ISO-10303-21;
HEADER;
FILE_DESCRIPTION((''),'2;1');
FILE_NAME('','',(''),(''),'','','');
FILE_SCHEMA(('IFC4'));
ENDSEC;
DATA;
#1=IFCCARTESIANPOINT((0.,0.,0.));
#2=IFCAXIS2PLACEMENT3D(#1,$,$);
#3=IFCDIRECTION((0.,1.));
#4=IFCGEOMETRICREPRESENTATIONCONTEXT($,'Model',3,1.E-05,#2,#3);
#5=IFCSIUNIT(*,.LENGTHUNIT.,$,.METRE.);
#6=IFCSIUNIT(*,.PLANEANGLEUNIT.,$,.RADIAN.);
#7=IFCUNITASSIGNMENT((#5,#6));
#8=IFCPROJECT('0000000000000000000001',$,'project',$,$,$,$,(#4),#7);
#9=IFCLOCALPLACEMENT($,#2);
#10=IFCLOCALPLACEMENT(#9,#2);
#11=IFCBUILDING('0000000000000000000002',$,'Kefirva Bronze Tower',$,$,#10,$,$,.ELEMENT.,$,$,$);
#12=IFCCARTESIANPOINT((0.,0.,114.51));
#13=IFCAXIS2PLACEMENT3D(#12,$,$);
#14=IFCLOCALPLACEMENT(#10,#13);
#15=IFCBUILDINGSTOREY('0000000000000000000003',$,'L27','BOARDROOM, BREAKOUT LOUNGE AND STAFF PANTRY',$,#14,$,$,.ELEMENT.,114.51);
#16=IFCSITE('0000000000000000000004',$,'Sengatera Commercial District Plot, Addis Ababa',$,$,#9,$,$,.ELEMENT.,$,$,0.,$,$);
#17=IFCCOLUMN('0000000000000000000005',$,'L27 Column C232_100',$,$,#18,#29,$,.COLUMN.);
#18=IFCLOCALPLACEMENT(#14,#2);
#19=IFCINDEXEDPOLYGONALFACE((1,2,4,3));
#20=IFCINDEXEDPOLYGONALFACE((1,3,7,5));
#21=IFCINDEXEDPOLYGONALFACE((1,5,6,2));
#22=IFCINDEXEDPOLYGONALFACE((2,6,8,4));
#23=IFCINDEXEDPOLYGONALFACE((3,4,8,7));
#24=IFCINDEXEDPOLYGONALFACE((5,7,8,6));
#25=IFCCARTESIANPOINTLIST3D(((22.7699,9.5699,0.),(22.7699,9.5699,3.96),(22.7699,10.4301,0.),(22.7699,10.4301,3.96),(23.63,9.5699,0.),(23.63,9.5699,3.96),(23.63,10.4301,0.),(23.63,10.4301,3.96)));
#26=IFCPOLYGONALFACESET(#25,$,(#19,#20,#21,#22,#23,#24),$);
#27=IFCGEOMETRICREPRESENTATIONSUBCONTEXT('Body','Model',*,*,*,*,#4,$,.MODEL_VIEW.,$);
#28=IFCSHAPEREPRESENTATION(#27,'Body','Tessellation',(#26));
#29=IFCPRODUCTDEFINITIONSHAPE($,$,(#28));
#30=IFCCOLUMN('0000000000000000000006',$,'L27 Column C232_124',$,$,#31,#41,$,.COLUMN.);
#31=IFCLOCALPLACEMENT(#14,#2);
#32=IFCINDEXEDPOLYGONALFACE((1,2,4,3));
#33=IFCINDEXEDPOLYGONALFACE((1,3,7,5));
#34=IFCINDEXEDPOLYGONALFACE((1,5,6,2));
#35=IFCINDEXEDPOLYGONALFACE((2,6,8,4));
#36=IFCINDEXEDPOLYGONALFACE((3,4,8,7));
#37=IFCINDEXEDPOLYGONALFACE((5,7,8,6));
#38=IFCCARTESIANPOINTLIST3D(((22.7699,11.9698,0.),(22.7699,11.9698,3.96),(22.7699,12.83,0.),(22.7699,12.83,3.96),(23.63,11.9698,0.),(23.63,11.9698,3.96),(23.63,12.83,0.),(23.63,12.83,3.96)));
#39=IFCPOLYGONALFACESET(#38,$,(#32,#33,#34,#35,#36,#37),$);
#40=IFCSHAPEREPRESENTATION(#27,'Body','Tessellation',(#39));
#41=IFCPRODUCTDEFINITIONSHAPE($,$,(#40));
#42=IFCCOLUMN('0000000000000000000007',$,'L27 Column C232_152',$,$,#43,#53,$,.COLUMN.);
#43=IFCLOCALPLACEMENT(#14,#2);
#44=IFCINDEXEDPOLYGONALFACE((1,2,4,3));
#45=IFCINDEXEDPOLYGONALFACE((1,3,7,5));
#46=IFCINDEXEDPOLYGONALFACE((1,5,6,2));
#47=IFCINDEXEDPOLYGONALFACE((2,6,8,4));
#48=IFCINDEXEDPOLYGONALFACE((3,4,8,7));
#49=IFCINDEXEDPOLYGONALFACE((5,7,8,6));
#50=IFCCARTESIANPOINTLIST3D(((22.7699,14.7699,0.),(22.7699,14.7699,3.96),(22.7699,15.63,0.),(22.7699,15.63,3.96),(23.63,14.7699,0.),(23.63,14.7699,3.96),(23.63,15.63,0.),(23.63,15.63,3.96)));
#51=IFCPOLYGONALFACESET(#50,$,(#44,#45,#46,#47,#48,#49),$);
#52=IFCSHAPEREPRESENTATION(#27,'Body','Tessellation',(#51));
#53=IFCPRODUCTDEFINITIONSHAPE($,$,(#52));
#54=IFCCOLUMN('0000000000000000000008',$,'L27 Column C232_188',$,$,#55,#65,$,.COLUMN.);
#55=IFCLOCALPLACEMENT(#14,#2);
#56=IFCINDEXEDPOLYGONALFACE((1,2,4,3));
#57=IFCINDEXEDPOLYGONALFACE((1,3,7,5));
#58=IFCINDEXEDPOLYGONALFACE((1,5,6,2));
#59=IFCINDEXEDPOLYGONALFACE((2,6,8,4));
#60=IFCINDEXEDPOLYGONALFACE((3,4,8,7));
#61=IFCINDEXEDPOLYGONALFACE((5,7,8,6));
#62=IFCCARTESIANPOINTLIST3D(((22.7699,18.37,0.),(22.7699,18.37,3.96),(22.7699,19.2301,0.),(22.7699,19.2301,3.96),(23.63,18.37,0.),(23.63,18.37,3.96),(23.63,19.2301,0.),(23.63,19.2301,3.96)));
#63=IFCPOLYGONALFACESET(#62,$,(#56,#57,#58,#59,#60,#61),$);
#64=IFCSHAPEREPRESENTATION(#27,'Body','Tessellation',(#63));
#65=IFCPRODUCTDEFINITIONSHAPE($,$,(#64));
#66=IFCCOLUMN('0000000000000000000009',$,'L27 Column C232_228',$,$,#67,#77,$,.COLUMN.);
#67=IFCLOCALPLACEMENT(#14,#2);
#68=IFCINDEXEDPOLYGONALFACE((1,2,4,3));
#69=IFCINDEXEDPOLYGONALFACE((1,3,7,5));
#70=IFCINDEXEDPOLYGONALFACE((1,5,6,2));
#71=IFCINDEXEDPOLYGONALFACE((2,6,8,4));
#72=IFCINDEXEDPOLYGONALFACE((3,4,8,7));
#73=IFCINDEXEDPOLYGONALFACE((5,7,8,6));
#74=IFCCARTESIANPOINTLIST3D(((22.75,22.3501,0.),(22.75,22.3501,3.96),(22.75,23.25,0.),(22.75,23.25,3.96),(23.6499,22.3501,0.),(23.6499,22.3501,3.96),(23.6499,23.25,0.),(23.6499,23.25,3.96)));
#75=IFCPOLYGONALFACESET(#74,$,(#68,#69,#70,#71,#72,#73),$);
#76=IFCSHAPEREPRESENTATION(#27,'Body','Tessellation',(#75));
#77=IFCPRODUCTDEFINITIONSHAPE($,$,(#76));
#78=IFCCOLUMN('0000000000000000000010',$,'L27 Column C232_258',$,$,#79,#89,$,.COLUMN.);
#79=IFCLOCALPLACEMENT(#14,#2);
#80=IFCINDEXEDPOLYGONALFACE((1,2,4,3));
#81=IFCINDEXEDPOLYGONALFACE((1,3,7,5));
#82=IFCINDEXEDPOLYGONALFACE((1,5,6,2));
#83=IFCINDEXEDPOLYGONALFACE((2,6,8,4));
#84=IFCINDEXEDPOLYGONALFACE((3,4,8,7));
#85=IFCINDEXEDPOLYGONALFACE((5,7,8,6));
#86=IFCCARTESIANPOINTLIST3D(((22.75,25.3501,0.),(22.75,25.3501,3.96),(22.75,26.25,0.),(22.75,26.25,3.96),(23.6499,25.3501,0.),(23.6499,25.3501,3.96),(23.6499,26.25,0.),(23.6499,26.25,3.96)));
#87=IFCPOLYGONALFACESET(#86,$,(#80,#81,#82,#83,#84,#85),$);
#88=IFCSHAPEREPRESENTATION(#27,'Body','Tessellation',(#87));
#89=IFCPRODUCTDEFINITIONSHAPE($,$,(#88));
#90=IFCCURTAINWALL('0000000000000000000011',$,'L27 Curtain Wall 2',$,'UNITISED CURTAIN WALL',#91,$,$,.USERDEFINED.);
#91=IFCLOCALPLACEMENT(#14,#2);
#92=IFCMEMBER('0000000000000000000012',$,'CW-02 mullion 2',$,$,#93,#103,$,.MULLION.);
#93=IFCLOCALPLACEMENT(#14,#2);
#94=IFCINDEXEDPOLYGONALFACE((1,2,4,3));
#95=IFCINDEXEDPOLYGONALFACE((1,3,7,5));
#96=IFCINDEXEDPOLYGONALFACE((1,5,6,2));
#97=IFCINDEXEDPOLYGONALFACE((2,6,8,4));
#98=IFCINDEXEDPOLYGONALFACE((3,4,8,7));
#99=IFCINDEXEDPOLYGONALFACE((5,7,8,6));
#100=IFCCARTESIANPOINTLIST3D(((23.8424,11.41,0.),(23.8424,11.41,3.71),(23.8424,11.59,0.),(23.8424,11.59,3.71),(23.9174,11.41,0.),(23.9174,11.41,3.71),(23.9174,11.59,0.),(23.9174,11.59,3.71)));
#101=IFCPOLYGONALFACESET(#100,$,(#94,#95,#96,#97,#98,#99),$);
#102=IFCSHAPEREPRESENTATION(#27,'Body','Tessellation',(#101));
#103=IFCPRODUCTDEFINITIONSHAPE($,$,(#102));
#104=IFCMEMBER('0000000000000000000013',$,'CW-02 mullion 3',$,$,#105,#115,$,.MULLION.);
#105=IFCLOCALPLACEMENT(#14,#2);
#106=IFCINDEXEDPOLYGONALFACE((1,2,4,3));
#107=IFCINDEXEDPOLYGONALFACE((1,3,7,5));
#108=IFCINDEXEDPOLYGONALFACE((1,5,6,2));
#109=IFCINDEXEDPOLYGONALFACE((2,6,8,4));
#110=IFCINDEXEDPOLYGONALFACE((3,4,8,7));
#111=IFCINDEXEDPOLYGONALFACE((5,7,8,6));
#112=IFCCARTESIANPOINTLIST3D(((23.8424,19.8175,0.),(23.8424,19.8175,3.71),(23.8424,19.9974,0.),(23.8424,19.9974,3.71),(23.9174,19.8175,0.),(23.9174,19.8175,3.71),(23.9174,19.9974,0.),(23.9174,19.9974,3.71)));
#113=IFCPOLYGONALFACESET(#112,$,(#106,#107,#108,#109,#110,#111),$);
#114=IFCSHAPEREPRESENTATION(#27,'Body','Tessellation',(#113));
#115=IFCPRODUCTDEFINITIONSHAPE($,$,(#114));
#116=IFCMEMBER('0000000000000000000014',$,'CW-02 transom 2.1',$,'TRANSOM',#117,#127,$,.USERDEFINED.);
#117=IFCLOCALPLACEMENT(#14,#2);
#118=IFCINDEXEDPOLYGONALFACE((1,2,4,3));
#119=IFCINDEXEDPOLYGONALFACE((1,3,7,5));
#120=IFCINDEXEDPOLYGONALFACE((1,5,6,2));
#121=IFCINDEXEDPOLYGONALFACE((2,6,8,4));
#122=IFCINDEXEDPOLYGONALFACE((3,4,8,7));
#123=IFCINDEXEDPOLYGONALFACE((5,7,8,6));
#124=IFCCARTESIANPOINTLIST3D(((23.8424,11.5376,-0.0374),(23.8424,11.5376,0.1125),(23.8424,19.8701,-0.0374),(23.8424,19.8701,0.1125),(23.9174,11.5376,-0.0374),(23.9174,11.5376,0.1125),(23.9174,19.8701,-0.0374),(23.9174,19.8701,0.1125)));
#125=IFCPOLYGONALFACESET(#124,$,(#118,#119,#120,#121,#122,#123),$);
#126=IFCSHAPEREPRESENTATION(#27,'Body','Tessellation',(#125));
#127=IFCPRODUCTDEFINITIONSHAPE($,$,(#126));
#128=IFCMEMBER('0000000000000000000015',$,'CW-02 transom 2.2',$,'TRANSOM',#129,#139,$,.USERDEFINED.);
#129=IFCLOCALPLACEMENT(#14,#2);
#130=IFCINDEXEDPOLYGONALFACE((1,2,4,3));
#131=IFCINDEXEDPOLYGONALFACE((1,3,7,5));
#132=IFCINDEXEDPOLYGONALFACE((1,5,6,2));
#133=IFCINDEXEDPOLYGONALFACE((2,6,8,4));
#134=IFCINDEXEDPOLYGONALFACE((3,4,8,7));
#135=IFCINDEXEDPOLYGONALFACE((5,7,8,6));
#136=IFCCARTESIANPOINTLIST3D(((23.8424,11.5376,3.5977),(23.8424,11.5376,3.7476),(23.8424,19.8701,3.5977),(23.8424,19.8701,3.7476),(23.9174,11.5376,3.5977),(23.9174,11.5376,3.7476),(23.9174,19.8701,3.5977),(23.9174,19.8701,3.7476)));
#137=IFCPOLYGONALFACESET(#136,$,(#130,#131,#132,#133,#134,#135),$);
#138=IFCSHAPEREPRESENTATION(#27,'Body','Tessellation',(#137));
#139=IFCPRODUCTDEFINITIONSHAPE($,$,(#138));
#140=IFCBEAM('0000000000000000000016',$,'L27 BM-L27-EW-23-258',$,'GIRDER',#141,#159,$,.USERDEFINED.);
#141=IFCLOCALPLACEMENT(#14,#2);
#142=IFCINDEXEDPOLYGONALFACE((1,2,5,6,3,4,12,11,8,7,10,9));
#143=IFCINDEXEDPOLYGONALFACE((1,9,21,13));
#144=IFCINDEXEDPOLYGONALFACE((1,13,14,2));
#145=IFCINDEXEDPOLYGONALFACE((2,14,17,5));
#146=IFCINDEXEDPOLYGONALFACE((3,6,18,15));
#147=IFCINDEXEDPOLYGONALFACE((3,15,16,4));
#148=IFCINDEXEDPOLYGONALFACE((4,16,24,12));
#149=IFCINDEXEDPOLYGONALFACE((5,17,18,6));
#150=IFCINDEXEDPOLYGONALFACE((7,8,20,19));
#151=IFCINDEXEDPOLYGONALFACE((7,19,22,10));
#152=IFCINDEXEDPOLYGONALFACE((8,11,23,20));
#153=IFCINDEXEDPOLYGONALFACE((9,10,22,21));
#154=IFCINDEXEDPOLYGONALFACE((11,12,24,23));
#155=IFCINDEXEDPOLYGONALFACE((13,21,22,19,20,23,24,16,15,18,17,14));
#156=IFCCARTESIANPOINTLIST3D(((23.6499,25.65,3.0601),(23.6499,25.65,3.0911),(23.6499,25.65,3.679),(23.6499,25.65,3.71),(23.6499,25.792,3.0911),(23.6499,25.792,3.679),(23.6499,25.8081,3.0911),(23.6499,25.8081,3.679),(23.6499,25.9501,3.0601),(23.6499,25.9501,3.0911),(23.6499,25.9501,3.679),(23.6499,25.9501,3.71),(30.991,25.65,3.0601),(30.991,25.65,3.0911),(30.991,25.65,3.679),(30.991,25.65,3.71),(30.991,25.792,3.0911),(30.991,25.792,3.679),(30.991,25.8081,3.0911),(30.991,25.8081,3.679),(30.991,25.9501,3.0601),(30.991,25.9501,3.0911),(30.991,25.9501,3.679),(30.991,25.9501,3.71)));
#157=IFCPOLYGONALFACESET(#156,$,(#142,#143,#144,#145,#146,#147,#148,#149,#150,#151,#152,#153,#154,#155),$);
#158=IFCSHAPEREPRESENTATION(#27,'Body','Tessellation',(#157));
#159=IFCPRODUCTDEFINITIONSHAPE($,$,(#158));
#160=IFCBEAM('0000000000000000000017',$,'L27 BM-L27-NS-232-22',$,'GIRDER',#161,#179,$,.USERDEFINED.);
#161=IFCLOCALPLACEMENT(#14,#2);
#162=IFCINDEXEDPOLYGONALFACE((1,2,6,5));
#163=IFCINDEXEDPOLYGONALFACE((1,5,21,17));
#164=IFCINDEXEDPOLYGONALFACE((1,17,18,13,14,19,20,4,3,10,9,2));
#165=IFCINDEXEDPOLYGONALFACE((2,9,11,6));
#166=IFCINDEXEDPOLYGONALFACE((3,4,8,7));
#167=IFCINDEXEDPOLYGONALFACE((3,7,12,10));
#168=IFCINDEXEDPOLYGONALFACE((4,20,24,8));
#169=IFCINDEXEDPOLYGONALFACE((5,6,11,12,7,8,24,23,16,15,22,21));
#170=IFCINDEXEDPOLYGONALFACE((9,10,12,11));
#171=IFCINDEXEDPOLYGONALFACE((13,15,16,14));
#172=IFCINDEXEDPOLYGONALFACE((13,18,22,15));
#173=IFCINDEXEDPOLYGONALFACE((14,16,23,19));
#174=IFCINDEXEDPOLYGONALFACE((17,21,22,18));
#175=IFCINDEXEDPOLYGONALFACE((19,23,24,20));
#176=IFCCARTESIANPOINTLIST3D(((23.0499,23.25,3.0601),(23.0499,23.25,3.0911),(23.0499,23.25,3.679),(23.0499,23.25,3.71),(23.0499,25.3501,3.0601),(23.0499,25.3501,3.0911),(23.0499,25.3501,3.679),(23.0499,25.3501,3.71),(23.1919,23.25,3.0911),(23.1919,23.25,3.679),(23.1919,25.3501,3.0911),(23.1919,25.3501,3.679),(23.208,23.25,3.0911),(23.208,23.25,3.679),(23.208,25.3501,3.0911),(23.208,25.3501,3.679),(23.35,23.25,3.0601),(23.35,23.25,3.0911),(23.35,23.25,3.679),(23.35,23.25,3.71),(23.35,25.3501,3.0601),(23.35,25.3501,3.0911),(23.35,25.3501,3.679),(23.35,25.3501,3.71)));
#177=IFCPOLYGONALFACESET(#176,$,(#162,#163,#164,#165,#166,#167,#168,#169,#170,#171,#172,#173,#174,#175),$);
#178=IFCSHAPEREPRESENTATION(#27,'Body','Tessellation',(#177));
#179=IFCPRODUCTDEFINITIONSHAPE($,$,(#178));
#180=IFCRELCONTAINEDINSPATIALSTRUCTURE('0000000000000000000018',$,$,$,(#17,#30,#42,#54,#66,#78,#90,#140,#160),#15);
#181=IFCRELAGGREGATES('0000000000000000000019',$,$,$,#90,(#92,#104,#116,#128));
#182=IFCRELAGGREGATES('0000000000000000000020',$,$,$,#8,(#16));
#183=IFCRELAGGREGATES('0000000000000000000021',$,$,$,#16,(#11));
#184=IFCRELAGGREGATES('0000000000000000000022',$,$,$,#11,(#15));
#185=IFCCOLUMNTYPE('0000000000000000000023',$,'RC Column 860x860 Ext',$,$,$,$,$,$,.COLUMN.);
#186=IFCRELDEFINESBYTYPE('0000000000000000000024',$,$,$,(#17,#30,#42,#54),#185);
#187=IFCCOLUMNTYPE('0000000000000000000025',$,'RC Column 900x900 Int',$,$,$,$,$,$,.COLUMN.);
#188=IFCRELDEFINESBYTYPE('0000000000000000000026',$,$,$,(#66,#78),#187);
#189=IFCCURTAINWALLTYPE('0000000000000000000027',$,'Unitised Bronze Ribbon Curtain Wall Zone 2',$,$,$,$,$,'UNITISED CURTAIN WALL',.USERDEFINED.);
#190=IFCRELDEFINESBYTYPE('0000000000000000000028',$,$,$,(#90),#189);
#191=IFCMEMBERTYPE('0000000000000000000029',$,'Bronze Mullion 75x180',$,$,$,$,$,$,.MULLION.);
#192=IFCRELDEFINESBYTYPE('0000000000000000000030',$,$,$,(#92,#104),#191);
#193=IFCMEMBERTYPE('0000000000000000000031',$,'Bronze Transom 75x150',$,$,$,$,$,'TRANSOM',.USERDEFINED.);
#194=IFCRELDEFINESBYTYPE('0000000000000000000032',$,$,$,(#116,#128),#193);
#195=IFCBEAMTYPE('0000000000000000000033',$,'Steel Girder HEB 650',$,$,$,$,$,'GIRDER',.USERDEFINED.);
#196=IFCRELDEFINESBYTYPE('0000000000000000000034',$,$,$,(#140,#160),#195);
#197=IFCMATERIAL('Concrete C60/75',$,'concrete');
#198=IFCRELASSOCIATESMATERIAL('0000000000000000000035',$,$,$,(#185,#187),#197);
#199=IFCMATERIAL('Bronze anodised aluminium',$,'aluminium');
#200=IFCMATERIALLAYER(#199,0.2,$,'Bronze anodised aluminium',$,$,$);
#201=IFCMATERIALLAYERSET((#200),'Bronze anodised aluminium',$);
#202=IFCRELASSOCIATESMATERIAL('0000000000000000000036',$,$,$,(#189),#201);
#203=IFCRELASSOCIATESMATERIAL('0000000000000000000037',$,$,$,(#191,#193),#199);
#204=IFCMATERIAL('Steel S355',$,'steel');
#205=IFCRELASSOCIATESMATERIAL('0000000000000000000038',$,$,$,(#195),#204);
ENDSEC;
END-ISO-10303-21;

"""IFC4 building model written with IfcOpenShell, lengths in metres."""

from ifc_helpers import new_model, si_unit, direction, frame, origin, origin_2d, place, context, subcontext, project, spatial, rectangle, i_section, extrude, material, layer, layer_set, material_profile, profile_set, type_object, element, aggregate, save


model = new_model("IFC4")

# Units and contexts
model_context = context("Model", 3, precision=1e-05, world=origin(), true_north=direction((0.0, 1.0)))
body_context = subcontext(model_context, "Body", "Model", "MODEL_VIEW")
ifc_project = project(units=[si_unit("LENGTHUNIT", "METRE"), si_unit("PLANEANGLEUNIT", "RADIAN")], contexts=[model_context])

# Site, building, storey
site_placement = place(None, origin())
site = spatial("IfcSite", under=ifc_project, at=site_placement, Name="Sengatera Commercial District Plot, Addis Ababa", CompositionType="ELEMENT", RefElevation=0.0)
building_placement = place(site_placement, origin())
building = spatial("IfcBuilding", under=site, at=building_placement, Name="Kefirva Bronze Tower", CompositionType="ELEMENT")
storey_placement = place(building_placement, frame((0.0, 0.0, 114.51)))
storey = spatial("IfcBuildingStorey", under=building, at=storey_placement, Name="L27", Description="BOARDROOM, BREAKOUT LOUNGE AND STAFF PANTRY", CompositionType="ELEMENT", Elevation=114.51)

# Columns
ifc_material_1 = material(Name="Concrete C60/75", Category="concrete")
ifc_material_profile_1 = material_profile(ifc_material_1, rectangle(XDim=0.8601, YDim=0.8601, at=origin_2d()), Name="RC 860x860")
ifc_profile_set_1 = profile_set([ifc_material_profile_1], Name="Concrete C60/75")
column_type_1 = type_object("IfcColumnType", Name="RC Column 860x860 Ext", PredefinedType="COLUMN", material=ifc_profile_set_1)
for number, where, z_axis, x_axis, name in (
    (1, (23.2, 10.0, 0.0), (0.0, 0.0, 1.0), (1.0, 0.0, 0.0), "L27 Column C232_100"),
    (2, (23.2, 12.3999, 0.0), (0.0, 0.0, 1.0), (1.0, 0.0, 0.0), "L27 Column C232_124"),
    (3, (23.2, 15.2, 0.0), (0.0, 0.0, 1.0), (1.0, 0.0, 0.0), "L27 Column C232_152"),
    (4, (23.2, 18.8, 0.0), (0.0, 0.0, 1.0), (1.0, 0.0, 0.0), "L27 Column C232_188"),
):
    element("IfcColumn", number, at=place(storey_placement, frame(where, z_axis=z_axis, x_axis=x_axis)), inside=storey, type_object=column_type_1, Name=name, PredefinedType="COLUMN", context=body_context, shape_type="SweptSolid", body=[
        extrude(rectangle(XDim=0.8601, YDim=0.8601, at=origin_2d()), origin(), (0.0, 0.0, 1.0), 3.96),
    ])
ifc_material_profile_2 = material_profile(ifc_material_1, rectangle(XDim=0.8999, YDim=0.8999, at=origin_2d()), Name="RC 900x900")
ifc_profile_set_2 = profile_set([ifc_material_profile_2], Name="Concrete C60/75")
column_type_2 = type_object("IfcColumnType", Name="RC Column 900x900 Int", PredefinedType="COLUMN", material=ifc_profile_set_2)
for number, where, z_axis, x_axis, name in (
    (5, (23.2, 22.8, 0.0), (0.0, 0.0, 1.0), (1.0, 0.0, 0.0), "L27 Column C232_228"),
    (6, (23.2, 25.8, 0.0), (0.0, 0.0, 1.0), (1.0, 0.0, 0.0), "L27 Column C232_258"),
):
    element("IfcColumn", number, at=place(storey_placement, frame(where, z_axis=z_axis, x_axis=x_axis)), inside=storey, type_object=column_type_2, Name=name, PredefinedType="COLUMN", context=body_context, shape_type="SweptSolid", body=[
        extrude(rectangle(XDim=0.8999, YDim=0.8999, at=origin_2d()), origin(), (0.0, 0.0, 1.0), 3.96),
    ])

# Curtain wall, members
ifc_material_2 = material(Name="Bronze anodised aluminium", Category="aluminium")
ifc_layer_1 = layer(ifc_material_2, 0.2, Name="Bronze anodised aluminium")
ifc_layer_set_1 = layer_set([ifc_layer_1], Name="Bronze anodised aluminium")
curtain_wall_type = type_object("IfcCurtainWallType", Name="Unitised Bronze Ribbon Curtain Wall Zone 2", ElementType="UNITISED CURTAIN WALL", PredefinedType="USERDEFINED", material=ifc_layer_set_1)
curtain_wall_placement = place(storey_placement, origin())
curtain_wall = element("IfcCurtainWall", 7, at=curtain_wall_placement, inside=storey, type_object=curtain_wall_type, Name="L27 Curtain Wall 2", ObjectType="UNITISED CURTAIN WALL", PredefinedType="USERDEFINED")
ifc_material_profile_3 = material_profile(ifc_material_2, rectangle(XDim=0.075, YDim=0.1799, at=origin_2d()), Name="ALU 75x180")
ifc_profile_set_3 = profile_set([ifc_material_profile_3], Name="Bronze anodised aluminium")
member_type_1 = type_object("IfcMemberType", Name="Bronze Mullion 75x180", PredefinedType="MULLION", material=ifc_profile_set_3)
member_1_placement = place(storey_placement, frame((23.8799, 11.5, 0.0), z_axis=(0.0, 0.0, 1.0), x_axis=(-1.0, 0.0, 0.0)))
member_1 = element("IfcMember", 8, at=member_1_placement, type_object=member_type_1, Name="CW-02 mullion 2", PredefinedType="MULLION", context=body_context, shape_type="SweptSolid", body=[
    extrude(rectangle(XDim=0.075, YDim=0.1799, at=origin_2d()), origin(), (0.0, 0.0, 1.0), 3.71),
])
member_2_placement = place(storey_placement, frame((23.8799, 19.9075, 0.0), z_axis=(0.0, 0.0, 1.0), x_axis=(-1.0, 0.0, 0.0)))
member_2 = element("IfcMember", 9, at=member_2_placement, type_object=member_type_1, Name="CW-02 mullion 3", PredefinedType="MULLION", context=body_context, shape_type="SweptSolid", body=[
    extrude(rectangle(XDim=0.075, YDim=0.1799, at=origin_2d()), origin(), (0.0, 0.0, 1.0), 3.71),
])
ifc_material_profile_4 = material_profile(ifc_material_2, rectangle(XDim=0.075, YDim=0.1499, at=origin_2d()), Name="ALU 75x150")
ifc_profile_set_4 = profile_set([ifc_material_profile_4], Name="Bronze anodised aluminium")
member_type_2 = type_object("IfcMemberType", Name="Bronze Transom 75x150", ElementType="TRANSOM", PredefinedType="USERDEFINED", material=ifc_profile_set_4)
member_3_placement = place(storey_placement, frame((23.8799, 11.5376, 0.0376), z_axis=(0.0, 1.0, 0.0), x_axis=(-1.0, 0.0, 0.0)))
member_3 = element("IfcMember", 10, at=member_3_placement, type_object=member_type_2, Name="CW-02 transom 2.1", ObjectType="TRANSOM", PredefinedType="USERDEFINED", context=body_context, shape_type="SweptSolid", body=[
    extrude(rectangle(XDim=0.075, YDim=0.1499, at=origin_2d()), origin(), (0.0, 0.0, 1.0), 8.3325),
])
member_4_placement = place(storey_placement, frame((23.8799, 11.5376, 3.6726), z_axis=(0.0, 1.0, 0.0), x_axis=(-1.0, 0.0, 0.0)))
member_4 = element("IfcMember", 11, at=member_4_placement, type_object=member_type_2, Name="CW-02 transom 2.2", ObjectType="TRANSOM", PredefinedType="USERDEFINED", context=body_context, shape_type="SweptSolid", body=[
    extrude(rectangle(XDim=0.075, YDim=0.1499, at=origin_2d()), origin(), (0.0, 0.0, 1.0), 8.3325),
])

# Beams
ifc_material_3 = material(Name="Steel S355", Category="steel")
ifc_material_profile_5 = material_profile(ifc_material_3, i_section(OverallWidth=0.3, OverallDepth=0.6499, WebThickness=0.0161, FlangeThickness=0.031, at=origin_2d()), Name="HEB 650")
ifc_profile_set_5 = profile_set([ifc_material_profile_5], Name="Steel S355")
beam_type_1 = type_object("IfcBeamType", Name="Steel Girder HEB 650", ElementType="GIRDER", PredefinedType="USERDEFINED", material=ifc_profile_set_5)
beam_1_placement = place(storey_placement, frame((23.6499, 25.8, 3.385), z_axis=(1.0, 0.0, 0.0), x_axis=(0.0, 1.0, 0.0)))
element("IfcBeam", 12, at=beam_1_placement, inside=storey, type_object=beam_type_1, Name="L27 BM-L27-EW-23-258", ObjectType="GIRDER", PredefinedType="USERDEFINED", context=body_context, shape_type="SweptSolid", body=[
    extrude(i_section(OverallWidth=0.3, OverallDepth=0.6499, WebThickness=0.0161, FlangeThickness=0.031, at=origin_2d()), origin(), (0.0, 0.0, 1.0), 7.3411),
])
beam_2_placement = place(storey_placement, frame((23.2, 23.25, 3.385), z_axis=(0.0, 1.0, 0.0), x_axis=(-1.0, 0.0, 0.0)))
element("IfcBeam", 13, at=beam_2_placement, inside=storey, type_object=beam_type_1, Name="L27 BM-L27-NS-232-22", ObjectType="GIRDER", PredefinedType="USERDEFINED", context=body_context, shape_type="SweptSolid", body=[
    extrude(i_section(OverallWidth=0.3, OverallDepth=0.6499, WebThickness=0.0161, FlangeThickness=0.031, at=origin_2d()), origin(), (0.0, 0.0, 1.0), 2.1001),
])

aggregate(curtain_wall, [member_1, member_2, member_3, member_4])

save(model, "model.ifc")
